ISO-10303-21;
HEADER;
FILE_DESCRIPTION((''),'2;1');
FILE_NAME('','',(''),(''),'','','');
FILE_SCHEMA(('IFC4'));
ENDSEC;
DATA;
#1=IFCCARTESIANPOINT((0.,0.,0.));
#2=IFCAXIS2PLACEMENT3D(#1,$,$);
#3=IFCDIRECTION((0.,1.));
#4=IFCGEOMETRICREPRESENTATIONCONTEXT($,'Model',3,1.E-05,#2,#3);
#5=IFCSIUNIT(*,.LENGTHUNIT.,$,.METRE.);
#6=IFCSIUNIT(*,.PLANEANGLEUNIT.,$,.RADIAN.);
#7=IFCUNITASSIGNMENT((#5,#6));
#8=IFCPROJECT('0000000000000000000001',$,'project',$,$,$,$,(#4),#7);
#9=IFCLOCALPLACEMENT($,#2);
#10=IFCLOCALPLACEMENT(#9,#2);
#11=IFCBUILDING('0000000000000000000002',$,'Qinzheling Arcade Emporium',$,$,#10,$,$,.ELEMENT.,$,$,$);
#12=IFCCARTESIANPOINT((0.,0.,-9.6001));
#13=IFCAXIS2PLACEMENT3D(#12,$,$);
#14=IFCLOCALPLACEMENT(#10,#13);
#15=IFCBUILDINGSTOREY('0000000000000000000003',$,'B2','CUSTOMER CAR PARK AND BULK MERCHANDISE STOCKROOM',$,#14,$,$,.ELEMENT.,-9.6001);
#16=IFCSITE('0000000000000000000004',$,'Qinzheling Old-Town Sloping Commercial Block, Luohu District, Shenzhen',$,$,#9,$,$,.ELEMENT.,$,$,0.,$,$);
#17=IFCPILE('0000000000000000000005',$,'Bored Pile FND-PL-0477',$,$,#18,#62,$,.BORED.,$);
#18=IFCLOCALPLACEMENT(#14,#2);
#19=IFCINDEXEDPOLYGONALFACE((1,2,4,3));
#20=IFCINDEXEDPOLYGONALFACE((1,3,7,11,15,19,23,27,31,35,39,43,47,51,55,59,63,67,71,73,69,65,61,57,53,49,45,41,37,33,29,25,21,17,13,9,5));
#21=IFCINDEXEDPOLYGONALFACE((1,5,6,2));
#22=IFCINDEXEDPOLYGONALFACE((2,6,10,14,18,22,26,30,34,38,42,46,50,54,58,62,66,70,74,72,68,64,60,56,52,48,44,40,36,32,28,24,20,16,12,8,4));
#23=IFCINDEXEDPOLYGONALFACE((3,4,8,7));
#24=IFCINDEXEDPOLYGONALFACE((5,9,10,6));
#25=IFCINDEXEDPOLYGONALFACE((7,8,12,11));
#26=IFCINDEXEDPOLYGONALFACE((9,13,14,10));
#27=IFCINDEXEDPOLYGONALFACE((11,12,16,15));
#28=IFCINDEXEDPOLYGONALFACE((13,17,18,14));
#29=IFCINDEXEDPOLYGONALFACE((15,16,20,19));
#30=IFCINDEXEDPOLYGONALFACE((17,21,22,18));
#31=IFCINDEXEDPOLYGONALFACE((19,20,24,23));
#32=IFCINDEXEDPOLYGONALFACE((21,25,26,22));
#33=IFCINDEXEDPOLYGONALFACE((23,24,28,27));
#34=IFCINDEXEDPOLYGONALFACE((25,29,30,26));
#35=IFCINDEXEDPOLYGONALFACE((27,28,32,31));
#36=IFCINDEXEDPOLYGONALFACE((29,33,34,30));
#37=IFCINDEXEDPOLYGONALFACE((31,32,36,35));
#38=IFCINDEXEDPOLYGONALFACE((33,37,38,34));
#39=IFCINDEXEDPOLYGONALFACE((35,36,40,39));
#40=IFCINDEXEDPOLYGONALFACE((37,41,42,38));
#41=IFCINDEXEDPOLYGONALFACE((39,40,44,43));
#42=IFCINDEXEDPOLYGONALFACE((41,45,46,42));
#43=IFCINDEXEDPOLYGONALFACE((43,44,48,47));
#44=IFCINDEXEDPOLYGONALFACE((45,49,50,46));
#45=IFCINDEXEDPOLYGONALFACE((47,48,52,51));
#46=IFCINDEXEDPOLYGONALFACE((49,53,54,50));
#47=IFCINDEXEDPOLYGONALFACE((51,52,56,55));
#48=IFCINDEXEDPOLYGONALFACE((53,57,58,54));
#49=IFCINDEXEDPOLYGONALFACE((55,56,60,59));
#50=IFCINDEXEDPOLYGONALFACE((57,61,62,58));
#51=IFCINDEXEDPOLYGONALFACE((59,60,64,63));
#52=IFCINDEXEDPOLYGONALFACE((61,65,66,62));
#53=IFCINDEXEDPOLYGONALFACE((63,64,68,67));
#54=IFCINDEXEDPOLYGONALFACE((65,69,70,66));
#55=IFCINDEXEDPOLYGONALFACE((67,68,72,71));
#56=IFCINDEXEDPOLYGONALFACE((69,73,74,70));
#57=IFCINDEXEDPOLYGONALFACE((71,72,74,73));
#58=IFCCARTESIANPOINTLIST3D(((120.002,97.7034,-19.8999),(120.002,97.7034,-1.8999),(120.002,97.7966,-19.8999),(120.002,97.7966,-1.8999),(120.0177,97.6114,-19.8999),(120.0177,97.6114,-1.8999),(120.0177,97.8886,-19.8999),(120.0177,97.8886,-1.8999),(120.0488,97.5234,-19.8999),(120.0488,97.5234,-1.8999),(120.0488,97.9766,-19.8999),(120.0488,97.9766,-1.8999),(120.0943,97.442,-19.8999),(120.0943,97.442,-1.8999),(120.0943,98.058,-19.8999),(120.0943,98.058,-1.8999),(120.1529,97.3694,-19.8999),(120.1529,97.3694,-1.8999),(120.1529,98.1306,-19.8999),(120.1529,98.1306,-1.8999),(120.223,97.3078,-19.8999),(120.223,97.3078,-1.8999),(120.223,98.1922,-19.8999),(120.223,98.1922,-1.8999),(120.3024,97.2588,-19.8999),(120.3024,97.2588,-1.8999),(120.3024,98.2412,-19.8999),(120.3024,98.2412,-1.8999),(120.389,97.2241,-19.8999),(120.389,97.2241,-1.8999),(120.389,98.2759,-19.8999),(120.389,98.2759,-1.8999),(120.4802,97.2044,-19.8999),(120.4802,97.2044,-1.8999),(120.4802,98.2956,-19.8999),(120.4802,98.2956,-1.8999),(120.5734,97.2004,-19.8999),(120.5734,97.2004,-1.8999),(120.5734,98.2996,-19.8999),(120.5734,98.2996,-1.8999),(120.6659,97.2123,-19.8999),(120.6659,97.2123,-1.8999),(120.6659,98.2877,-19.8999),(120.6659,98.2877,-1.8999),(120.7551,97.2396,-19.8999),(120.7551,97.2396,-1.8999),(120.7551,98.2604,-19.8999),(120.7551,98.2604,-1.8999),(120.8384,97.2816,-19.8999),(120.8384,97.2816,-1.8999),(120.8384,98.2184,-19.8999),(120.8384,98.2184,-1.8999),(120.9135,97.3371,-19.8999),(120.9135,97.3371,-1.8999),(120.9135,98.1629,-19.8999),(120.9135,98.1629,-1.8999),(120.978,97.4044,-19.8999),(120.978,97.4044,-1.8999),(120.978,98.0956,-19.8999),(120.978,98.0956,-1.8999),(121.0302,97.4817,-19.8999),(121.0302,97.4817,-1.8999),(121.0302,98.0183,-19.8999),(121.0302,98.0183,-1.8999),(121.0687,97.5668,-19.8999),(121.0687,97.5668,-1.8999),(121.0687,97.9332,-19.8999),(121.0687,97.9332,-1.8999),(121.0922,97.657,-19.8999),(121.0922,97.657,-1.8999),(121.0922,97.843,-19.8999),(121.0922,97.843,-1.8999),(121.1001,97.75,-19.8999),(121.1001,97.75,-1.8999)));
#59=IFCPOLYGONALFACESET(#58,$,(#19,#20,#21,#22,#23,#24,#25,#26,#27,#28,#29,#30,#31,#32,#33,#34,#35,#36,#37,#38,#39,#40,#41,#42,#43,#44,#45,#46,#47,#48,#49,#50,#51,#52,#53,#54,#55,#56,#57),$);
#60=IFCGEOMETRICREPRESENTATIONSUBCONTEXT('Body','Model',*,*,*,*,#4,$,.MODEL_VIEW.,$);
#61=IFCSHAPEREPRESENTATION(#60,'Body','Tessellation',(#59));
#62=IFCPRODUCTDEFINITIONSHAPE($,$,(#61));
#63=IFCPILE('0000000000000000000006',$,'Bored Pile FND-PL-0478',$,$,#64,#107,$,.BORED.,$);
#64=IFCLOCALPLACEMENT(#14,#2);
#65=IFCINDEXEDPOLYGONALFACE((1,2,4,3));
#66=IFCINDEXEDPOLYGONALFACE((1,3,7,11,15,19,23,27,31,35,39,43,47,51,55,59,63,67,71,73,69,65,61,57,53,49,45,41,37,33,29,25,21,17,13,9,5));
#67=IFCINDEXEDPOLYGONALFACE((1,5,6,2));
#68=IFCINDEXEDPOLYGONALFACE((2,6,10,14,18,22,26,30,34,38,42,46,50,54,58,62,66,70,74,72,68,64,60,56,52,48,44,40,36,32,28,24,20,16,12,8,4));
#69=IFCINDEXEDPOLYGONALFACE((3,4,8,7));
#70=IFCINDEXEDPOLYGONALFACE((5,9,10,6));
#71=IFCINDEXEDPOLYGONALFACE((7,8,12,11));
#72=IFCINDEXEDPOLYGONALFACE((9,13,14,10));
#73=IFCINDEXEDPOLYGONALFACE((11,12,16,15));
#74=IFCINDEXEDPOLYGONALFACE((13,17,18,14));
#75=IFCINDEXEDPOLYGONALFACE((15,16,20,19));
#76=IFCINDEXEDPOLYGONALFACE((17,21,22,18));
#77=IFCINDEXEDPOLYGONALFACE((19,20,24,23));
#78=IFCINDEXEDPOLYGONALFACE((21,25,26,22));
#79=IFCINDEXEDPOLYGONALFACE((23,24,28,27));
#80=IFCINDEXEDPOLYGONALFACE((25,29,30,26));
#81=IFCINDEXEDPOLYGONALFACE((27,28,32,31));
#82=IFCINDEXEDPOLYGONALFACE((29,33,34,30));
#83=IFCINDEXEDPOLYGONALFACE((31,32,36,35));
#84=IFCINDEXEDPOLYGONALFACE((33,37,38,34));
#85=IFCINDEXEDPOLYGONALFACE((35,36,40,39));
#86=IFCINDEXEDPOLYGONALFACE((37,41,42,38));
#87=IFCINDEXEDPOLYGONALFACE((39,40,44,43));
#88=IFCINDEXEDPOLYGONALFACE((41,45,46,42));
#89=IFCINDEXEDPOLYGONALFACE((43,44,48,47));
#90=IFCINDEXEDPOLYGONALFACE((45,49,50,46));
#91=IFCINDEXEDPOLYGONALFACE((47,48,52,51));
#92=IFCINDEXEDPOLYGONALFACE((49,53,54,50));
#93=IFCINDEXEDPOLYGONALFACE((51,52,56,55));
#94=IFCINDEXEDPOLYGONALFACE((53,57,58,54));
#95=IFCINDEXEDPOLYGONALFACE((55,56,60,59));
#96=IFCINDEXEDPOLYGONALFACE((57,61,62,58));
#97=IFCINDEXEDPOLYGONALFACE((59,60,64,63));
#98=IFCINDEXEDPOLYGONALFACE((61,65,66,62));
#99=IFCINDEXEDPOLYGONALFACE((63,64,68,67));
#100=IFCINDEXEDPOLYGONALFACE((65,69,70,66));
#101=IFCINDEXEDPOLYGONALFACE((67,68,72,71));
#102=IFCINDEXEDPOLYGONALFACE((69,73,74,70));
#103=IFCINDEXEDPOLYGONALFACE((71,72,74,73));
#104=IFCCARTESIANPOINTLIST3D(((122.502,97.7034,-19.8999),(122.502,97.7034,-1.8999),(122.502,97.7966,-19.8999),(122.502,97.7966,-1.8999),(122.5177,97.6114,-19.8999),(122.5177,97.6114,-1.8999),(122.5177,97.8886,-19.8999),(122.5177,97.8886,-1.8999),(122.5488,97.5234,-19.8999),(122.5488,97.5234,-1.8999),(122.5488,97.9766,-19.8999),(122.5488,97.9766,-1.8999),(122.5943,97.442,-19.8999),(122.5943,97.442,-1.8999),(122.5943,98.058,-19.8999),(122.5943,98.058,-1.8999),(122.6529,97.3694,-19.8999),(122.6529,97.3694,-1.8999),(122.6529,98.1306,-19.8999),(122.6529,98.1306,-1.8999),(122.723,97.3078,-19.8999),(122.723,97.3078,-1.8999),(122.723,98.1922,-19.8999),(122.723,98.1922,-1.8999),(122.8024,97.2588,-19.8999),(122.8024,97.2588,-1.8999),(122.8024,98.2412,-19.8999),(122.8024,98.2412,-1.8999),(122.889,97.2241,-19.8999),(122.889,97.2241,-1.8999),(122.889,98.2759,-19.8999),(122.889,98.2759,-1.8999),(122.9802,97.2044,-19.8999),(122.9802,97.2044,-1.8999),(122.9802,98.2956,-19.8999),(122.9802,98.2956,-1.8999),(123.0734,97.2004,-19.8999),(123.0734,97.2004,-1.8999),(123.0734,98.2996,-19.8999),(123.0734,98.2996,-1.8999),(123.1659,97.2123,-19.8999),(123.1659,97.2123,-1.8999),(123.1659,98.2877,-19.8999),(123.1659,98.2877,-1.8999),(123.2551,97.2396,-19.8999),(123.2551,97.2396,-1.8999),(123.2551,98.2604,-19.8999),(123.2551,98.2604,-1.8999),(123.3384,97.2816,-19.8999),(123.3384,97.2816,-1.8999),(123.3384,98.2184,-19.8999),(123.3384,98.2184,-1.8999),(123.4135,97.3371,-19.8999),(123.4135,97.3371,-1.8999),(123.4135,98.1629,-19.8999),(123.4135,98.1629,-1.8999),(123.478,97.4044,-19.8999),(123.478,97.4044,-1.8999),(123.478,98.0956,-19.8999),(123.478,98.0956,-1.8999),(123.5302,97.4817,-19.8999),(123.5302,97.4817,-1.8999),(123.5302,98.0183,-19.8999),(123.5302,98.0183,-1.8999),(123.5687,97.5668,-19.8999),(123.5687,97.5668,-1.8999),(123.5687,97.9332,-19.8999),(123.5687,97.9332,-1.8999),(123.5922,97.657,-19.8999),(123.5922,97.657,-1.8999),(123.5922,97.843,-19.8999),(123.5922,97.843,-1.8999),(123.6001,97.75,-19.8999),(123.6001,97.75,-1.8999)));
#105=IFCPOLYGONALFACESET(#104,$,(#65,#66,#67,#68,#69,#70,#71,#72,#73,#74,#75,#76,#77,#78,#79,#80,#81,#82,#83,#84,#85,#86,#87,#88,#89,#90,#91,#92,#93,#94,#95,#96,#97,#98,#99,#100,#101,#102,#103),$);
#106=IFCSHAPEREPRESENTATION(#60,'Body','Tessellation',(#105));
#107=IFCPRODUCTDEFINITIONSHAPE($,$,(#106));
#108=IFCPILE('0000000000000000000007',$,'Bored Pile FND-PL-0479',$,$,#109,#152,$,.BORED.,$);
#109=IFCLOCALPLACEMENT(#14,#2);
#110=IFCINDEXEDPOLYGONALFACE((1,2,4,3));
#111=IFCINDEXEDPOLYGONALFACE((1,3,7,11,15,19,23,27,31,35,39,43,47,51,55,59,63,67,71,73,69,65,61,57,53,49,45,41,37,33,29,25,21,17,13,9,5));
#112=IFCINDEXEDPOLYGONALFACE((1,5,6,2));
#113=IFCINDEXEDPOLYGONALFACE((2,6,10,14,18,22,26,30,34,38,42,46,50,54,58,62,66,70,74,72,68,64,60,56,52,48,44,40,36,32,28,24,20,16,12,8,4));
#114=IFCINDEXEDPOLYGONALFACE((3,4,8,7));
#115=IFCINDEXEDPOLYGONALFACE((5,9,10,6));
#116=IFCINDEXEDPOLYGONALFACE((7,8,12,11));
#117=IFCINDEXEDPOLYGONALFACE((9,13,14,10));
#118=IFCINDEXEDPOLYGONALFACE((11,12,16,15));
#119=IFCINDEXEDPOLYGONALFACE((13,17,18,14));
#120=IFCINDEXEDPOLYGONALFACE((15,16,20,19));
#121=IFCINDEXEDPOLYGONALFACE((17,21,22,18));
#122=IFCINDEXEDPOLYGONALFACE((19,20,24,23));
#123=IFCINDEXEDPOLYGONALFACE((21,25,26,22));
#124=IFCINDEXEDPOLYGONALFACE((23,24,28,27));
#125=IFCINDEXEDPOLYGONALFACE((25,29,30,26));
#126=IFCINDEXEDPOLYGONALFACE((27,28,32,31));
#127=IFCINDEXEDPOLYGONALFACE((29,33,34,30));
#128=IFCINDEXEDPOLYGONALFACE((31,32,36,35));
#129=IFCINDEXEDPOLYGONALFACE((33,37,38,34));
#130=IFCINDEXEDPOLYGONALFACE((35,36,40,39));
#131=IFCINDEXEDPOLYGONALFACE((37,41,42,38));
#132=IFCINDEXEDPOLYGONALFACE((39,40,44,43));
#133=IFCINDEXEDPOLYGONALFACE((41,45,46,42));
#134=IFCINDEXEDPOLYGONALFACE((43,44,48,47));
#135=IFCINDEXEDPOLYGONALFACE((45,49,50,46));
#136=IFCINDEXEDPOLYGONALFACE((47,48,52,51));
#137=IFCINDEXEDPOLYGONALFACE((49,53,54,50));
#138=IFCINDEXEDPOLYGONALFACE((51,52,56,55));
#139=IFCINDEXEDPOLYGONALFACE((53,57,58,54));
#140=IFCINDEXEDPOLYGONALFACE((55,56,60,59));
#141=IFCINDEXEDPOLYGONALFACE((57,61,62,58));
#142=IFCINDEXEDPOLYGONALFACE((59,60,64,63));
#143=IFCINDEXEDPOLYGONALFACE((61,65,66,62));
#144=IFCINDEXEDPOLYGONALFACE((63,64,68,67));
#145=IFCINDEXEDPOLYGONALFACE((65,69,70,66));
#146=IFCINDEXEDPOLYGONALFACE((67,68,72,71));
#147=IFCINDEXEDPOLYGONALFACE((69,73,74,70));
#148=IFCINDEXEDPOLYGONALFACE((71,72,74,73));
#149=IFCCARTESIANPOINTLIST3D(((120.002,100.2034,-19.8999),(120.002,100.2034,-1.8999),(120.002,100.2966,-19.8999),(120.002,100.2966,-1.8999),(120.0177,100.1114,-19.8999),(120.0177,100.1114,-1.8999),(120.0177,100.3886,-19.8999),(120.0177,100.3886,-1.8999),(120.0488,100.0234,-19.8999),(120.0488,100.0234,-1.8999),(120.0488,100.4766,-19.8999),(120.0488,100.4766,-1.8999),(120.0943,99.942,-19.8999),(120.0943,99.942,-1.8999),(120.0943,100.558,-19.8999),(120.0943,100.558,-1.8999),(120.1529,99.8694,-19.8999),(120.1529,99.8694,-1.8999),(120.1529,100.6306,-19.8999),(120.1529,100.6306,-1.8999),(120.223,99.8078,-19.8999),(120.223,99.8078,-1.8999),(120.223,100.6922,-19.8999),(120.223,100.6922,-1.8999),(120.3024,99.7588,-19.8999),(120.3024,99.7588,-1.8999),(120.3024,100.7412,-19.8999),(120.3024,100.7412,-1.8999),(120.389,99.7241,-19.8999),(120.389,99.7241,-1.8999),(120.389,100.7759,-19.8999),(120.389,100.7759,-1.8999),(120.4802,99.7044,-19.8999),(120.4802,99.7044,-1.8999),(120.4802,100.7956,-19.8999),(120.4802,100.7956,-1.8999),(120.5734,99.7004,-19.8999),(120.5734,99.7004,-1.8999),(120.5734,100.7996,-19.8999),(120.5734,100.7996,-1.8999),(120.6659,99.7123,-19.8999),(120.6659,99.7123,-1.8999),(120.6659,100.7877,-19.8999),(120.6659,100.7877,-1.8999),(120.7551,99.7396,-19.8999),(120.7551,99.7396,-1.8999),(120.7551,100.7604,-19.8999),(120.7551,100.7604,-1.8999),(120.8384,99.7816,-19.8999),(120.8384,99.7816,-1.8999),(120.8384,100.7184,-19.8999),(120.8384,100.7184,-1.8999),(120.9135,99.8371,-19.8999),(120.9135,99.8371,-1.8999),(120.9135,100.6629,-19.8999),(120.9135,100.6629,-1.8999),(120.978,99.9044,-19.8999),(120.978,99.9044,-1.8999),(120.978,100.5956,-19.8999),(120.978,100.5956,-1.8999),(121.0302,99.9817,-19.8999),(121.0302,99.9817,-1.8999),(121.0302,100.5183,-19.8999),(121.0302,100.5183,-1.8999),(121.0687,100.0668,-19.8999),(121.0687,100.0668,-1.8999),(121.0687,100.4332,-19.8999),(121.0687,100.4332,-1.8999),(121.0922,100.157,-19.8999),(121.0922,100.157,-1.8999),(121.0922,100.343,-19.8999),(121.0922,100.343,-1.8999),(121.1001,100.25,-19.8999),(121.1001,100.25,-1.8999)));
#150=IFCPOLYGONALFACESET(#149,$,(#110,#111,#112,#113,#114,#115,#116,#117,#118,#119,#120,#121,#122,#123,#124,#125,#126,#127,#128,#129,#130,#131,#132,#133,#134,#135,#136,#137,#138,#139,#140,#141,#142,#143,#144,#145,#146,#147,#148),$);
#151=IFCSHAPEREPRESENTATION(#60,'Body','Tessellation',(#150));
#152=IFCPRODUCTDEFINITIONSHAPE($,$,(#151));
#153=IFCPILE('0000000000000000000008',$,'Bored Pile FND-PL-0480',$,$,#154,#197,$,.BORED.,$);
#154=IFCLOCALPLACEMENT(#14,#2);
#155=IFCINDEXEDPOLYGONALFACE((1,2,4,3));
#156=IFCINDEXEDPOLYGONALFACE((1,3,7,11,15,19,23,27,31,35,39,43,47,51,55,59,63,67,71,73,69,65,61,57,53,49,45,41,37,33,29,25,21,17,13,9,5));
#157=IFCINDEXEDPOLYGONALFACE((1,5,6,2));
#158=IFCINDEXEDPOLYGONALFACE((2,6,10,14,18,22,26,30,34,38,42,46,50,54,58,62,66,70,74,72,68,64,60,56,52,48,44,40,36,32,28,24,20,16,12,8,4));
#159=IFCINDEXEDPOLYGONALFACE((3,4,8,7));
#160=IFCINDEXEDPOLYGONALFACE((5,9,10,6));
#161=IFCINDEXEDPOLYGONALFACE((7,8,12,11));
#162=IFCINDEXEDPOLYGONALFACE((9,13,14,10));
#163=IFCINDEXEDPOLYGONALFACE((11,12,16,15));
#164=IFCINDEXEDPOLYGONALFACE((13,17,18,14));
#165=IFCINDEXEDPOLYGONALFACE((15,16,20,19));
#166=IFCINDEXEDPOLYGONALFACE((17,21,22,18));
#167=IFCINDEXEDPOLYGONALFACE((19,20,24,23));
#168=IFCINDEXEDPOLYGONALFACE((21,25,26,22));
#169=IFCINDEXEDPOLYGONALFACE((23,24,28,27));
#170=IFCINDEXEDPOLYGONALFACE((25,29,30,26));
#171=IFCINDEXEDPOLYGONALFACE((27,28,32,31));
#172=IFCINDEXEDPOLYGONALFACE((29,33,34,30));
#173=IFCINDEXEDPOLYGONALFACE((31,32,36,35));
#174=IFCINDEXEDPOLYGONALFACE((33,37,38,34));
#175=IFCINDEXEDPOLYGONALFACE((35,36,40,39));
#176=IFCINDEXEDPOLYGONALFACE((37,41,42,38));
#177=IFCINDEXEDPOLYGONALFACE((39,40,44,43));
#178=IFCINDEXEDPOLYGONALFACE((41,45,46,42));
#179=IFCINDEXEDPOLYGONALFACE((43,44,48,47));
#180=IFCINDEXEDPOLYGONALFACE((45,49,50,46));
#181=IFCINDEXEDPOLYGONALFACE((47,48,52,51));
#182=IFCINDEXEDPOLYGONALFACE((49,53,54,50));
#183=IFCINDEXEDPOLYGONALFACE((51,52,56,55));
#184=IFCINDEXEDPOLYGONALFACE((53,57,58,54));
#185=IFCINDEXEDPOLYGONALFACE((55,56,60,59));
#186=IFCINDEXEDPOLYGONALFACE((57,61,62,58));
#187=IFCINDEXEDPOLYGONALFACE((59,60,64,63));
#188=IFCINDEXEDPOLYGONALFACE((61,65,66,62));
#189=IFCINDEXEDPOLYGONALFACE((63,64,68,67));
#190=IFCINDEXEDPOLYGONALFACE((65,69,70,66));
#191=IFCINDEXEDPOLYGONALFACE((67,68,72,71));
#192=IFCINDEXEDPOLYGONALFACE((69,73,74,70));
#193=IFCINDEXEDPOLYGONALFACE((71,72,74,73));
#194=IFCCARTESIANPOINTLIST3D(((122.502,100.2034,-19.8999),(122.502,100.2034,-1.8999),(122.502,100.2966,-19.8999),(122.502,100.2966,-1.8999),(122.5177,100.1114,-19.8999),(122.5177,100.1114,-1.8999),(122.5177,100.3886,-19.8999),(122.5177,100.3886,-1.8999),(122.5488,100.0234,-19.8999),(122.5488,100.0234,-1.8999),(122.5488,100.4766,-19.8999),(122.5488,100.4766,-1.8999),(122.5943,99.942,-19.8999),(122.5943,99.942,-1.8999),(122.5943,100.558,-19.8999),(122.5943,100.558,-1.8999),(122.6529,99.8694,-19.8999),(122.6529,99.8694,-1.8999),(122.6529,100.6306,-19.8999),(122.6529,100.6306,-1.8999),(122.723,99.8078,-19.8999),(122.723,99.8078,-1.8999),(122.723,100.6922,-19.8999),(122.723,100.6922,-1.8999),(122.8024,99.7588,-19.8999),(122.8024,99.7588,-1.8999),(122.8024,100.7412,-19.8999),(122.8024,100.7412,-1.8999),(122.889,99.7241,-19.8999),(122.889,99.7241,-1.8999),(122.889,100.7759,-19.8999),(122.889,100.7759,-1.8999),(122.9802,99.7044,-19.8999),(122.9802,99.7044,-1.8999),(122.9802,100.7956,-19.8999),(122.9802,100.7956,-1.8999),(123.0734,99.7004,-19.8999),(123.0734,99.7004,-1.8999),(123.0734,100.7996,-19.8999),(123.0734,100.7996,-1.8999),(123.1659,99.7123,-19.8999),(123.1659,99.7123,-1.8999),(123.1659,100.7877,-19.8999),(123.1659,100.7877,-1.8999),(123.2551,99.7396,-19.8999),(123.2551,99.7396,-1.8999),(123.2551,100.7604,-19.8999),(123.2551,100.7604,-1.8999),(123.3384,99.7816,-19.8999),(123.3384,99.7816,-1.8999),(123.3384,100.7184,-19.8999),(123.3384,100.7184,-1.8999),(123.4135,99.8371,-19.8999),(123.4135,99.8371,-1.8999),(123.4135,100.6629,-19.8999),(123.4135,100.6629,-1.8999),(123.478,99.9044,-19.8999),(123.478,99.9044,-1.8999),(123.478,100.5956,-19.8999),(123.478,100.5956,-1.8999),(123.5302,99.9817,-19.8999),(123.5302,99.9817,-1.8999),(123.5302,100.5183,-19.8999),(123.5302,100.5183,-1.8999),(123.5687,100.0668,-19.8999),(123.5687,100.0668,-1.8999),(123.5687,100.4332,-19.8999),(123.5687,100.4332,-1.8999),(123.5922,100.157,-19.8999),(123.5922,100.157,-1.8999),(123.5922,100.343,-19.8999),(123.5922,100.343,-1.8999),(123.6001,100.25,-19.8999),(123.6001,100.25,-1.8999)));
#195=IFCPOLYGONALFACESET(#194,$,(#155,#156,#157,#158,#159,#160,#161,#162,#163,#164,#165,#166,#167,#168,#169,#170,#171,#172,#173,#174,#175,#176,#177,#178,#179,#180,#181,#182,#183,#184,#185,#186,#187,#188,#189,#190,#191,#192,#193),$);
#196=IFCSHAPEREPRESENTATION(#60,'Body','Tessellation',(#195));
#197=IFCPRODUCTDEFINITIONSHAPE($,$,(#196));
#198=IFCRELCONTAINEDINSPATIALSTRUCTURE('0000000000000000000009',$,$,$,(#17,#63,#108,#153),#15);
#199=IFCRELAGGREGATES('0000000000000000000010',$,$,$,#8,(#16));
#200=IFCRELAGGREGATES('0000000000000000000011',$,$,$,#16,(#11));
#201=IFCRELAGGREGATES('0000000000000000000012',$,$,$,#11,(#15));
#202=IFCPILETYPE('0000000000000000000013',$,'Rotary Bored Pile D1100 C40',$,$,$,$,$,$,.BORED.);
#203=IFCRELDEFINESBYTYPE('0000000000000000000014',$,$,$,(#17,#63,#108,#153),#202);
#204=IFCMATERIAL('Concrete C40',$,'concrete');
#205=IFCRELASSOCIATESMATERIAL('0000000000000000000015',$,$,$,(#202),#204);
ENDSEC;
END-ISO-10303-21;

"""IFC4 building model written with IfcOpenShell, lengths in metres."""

from ifc_helpers import new_model, si_unit, direction, frame, origin, origin_2d, place, context, subcontext, project, spatial, circle, extrude, material, material_profile, profile_set, type_object, element, save


model = new_model("IFC4")

# Units and contexts
model_context = context("Model", 3, precision=1e-05, world=origin(), true_north=direction((0.0, 1.0)))
body_context = subcontext(model_context, "Body", "Model", "MODEL_VIEW")
ifc_project = project(units=[si_unit("LENGTHUNIT", "METRE"), si_unit("PLANEANGLEUNIT", "RADIAN")], contexts=[model_context])

# Site, building, storey
site_placement = place(None, origin())
site = spatial("IfcSite", under=ifc_project, at=site_placement, Name="Qinzheling Old-Town Sloping Commercial Block, Luohu District, Shenzhen", CompositionType="ELEMENT", RefElevation=0.0)
building_placement = place(site_placement, origin())
building = spatial("IfcBuilding", under=site, at=building_placement, Name="Qinzheling Arcade Emporium", CompositionType="ELEMENT")
storey_placement = place(building_placement, frame((0.0, 0.0, -9.6001)))
storey = spatial("IfcBuildingStorey", under=building, at=storey_placement, Name="B2", Description="CUSTOMER CAR PARK AND BULK MERCHANDISE STOCKROOM", CompositionType="ELEMENT", Elevation=-9.6001)

# Shared definitions
ifc_material_1 = material(Name="Concrete C40", Category="concrete")

# Piles
ifc_material_profile_1 = material_profile(ifc_material_1, circle(Radius=0.55, at=origin_2d()), Name="BORED D1100", Category="concrete")
ifc_profile_set_1 = profile_set([ifc_material_profile_1], Name="Concrete C40")
pile_type_1 = type_object("IfcPileType", Name="Rotary Bored Pile D1100 C40", PredefinedType="BORED", material=ifc_profile_set_1)
for number, where, z_axis, x_axis, name in (
    (1, (120.55, 97.75, -1.8999), (0.0, 0.0, -1.0), (1.0, 0.0, 0.0), "Bored Pile FND-PL-0477"),
    (2, (123.05, 97.75, -1.8999), (0.0, 0.0, -1.0), (1.0, 0.0, 0.0), "Bored Pile FND-PL-0478"),
    (3, (120.55, 100.25, -1.8999), (0.0, 0.0, -1.0), (1.0, 0.0, 0.0), "Bored Pile FND-PL-0479"),
    (4, (123.05, 100.25, -1.8999), (0.0, 0.0, -1.0), (1.0, 0.0, 0.0), "Bored Pile FND-PL-0480"),
):
    element("IfcPile", number, at=place(storey_placement, frame(where, z_axis=z_axis, x_axis=x_axis)), inside=storey, type_object=pile_type_1, Name=name, PredefinedType="BORED", context=body_context, shape_type="SweptSolid", body=[
        extrude(circle(Radius=0.55, at=origin_2d()), origin(), (0.0, 0.0, 1.0), 18.0),
    ])

save(model, "model.ifc")
